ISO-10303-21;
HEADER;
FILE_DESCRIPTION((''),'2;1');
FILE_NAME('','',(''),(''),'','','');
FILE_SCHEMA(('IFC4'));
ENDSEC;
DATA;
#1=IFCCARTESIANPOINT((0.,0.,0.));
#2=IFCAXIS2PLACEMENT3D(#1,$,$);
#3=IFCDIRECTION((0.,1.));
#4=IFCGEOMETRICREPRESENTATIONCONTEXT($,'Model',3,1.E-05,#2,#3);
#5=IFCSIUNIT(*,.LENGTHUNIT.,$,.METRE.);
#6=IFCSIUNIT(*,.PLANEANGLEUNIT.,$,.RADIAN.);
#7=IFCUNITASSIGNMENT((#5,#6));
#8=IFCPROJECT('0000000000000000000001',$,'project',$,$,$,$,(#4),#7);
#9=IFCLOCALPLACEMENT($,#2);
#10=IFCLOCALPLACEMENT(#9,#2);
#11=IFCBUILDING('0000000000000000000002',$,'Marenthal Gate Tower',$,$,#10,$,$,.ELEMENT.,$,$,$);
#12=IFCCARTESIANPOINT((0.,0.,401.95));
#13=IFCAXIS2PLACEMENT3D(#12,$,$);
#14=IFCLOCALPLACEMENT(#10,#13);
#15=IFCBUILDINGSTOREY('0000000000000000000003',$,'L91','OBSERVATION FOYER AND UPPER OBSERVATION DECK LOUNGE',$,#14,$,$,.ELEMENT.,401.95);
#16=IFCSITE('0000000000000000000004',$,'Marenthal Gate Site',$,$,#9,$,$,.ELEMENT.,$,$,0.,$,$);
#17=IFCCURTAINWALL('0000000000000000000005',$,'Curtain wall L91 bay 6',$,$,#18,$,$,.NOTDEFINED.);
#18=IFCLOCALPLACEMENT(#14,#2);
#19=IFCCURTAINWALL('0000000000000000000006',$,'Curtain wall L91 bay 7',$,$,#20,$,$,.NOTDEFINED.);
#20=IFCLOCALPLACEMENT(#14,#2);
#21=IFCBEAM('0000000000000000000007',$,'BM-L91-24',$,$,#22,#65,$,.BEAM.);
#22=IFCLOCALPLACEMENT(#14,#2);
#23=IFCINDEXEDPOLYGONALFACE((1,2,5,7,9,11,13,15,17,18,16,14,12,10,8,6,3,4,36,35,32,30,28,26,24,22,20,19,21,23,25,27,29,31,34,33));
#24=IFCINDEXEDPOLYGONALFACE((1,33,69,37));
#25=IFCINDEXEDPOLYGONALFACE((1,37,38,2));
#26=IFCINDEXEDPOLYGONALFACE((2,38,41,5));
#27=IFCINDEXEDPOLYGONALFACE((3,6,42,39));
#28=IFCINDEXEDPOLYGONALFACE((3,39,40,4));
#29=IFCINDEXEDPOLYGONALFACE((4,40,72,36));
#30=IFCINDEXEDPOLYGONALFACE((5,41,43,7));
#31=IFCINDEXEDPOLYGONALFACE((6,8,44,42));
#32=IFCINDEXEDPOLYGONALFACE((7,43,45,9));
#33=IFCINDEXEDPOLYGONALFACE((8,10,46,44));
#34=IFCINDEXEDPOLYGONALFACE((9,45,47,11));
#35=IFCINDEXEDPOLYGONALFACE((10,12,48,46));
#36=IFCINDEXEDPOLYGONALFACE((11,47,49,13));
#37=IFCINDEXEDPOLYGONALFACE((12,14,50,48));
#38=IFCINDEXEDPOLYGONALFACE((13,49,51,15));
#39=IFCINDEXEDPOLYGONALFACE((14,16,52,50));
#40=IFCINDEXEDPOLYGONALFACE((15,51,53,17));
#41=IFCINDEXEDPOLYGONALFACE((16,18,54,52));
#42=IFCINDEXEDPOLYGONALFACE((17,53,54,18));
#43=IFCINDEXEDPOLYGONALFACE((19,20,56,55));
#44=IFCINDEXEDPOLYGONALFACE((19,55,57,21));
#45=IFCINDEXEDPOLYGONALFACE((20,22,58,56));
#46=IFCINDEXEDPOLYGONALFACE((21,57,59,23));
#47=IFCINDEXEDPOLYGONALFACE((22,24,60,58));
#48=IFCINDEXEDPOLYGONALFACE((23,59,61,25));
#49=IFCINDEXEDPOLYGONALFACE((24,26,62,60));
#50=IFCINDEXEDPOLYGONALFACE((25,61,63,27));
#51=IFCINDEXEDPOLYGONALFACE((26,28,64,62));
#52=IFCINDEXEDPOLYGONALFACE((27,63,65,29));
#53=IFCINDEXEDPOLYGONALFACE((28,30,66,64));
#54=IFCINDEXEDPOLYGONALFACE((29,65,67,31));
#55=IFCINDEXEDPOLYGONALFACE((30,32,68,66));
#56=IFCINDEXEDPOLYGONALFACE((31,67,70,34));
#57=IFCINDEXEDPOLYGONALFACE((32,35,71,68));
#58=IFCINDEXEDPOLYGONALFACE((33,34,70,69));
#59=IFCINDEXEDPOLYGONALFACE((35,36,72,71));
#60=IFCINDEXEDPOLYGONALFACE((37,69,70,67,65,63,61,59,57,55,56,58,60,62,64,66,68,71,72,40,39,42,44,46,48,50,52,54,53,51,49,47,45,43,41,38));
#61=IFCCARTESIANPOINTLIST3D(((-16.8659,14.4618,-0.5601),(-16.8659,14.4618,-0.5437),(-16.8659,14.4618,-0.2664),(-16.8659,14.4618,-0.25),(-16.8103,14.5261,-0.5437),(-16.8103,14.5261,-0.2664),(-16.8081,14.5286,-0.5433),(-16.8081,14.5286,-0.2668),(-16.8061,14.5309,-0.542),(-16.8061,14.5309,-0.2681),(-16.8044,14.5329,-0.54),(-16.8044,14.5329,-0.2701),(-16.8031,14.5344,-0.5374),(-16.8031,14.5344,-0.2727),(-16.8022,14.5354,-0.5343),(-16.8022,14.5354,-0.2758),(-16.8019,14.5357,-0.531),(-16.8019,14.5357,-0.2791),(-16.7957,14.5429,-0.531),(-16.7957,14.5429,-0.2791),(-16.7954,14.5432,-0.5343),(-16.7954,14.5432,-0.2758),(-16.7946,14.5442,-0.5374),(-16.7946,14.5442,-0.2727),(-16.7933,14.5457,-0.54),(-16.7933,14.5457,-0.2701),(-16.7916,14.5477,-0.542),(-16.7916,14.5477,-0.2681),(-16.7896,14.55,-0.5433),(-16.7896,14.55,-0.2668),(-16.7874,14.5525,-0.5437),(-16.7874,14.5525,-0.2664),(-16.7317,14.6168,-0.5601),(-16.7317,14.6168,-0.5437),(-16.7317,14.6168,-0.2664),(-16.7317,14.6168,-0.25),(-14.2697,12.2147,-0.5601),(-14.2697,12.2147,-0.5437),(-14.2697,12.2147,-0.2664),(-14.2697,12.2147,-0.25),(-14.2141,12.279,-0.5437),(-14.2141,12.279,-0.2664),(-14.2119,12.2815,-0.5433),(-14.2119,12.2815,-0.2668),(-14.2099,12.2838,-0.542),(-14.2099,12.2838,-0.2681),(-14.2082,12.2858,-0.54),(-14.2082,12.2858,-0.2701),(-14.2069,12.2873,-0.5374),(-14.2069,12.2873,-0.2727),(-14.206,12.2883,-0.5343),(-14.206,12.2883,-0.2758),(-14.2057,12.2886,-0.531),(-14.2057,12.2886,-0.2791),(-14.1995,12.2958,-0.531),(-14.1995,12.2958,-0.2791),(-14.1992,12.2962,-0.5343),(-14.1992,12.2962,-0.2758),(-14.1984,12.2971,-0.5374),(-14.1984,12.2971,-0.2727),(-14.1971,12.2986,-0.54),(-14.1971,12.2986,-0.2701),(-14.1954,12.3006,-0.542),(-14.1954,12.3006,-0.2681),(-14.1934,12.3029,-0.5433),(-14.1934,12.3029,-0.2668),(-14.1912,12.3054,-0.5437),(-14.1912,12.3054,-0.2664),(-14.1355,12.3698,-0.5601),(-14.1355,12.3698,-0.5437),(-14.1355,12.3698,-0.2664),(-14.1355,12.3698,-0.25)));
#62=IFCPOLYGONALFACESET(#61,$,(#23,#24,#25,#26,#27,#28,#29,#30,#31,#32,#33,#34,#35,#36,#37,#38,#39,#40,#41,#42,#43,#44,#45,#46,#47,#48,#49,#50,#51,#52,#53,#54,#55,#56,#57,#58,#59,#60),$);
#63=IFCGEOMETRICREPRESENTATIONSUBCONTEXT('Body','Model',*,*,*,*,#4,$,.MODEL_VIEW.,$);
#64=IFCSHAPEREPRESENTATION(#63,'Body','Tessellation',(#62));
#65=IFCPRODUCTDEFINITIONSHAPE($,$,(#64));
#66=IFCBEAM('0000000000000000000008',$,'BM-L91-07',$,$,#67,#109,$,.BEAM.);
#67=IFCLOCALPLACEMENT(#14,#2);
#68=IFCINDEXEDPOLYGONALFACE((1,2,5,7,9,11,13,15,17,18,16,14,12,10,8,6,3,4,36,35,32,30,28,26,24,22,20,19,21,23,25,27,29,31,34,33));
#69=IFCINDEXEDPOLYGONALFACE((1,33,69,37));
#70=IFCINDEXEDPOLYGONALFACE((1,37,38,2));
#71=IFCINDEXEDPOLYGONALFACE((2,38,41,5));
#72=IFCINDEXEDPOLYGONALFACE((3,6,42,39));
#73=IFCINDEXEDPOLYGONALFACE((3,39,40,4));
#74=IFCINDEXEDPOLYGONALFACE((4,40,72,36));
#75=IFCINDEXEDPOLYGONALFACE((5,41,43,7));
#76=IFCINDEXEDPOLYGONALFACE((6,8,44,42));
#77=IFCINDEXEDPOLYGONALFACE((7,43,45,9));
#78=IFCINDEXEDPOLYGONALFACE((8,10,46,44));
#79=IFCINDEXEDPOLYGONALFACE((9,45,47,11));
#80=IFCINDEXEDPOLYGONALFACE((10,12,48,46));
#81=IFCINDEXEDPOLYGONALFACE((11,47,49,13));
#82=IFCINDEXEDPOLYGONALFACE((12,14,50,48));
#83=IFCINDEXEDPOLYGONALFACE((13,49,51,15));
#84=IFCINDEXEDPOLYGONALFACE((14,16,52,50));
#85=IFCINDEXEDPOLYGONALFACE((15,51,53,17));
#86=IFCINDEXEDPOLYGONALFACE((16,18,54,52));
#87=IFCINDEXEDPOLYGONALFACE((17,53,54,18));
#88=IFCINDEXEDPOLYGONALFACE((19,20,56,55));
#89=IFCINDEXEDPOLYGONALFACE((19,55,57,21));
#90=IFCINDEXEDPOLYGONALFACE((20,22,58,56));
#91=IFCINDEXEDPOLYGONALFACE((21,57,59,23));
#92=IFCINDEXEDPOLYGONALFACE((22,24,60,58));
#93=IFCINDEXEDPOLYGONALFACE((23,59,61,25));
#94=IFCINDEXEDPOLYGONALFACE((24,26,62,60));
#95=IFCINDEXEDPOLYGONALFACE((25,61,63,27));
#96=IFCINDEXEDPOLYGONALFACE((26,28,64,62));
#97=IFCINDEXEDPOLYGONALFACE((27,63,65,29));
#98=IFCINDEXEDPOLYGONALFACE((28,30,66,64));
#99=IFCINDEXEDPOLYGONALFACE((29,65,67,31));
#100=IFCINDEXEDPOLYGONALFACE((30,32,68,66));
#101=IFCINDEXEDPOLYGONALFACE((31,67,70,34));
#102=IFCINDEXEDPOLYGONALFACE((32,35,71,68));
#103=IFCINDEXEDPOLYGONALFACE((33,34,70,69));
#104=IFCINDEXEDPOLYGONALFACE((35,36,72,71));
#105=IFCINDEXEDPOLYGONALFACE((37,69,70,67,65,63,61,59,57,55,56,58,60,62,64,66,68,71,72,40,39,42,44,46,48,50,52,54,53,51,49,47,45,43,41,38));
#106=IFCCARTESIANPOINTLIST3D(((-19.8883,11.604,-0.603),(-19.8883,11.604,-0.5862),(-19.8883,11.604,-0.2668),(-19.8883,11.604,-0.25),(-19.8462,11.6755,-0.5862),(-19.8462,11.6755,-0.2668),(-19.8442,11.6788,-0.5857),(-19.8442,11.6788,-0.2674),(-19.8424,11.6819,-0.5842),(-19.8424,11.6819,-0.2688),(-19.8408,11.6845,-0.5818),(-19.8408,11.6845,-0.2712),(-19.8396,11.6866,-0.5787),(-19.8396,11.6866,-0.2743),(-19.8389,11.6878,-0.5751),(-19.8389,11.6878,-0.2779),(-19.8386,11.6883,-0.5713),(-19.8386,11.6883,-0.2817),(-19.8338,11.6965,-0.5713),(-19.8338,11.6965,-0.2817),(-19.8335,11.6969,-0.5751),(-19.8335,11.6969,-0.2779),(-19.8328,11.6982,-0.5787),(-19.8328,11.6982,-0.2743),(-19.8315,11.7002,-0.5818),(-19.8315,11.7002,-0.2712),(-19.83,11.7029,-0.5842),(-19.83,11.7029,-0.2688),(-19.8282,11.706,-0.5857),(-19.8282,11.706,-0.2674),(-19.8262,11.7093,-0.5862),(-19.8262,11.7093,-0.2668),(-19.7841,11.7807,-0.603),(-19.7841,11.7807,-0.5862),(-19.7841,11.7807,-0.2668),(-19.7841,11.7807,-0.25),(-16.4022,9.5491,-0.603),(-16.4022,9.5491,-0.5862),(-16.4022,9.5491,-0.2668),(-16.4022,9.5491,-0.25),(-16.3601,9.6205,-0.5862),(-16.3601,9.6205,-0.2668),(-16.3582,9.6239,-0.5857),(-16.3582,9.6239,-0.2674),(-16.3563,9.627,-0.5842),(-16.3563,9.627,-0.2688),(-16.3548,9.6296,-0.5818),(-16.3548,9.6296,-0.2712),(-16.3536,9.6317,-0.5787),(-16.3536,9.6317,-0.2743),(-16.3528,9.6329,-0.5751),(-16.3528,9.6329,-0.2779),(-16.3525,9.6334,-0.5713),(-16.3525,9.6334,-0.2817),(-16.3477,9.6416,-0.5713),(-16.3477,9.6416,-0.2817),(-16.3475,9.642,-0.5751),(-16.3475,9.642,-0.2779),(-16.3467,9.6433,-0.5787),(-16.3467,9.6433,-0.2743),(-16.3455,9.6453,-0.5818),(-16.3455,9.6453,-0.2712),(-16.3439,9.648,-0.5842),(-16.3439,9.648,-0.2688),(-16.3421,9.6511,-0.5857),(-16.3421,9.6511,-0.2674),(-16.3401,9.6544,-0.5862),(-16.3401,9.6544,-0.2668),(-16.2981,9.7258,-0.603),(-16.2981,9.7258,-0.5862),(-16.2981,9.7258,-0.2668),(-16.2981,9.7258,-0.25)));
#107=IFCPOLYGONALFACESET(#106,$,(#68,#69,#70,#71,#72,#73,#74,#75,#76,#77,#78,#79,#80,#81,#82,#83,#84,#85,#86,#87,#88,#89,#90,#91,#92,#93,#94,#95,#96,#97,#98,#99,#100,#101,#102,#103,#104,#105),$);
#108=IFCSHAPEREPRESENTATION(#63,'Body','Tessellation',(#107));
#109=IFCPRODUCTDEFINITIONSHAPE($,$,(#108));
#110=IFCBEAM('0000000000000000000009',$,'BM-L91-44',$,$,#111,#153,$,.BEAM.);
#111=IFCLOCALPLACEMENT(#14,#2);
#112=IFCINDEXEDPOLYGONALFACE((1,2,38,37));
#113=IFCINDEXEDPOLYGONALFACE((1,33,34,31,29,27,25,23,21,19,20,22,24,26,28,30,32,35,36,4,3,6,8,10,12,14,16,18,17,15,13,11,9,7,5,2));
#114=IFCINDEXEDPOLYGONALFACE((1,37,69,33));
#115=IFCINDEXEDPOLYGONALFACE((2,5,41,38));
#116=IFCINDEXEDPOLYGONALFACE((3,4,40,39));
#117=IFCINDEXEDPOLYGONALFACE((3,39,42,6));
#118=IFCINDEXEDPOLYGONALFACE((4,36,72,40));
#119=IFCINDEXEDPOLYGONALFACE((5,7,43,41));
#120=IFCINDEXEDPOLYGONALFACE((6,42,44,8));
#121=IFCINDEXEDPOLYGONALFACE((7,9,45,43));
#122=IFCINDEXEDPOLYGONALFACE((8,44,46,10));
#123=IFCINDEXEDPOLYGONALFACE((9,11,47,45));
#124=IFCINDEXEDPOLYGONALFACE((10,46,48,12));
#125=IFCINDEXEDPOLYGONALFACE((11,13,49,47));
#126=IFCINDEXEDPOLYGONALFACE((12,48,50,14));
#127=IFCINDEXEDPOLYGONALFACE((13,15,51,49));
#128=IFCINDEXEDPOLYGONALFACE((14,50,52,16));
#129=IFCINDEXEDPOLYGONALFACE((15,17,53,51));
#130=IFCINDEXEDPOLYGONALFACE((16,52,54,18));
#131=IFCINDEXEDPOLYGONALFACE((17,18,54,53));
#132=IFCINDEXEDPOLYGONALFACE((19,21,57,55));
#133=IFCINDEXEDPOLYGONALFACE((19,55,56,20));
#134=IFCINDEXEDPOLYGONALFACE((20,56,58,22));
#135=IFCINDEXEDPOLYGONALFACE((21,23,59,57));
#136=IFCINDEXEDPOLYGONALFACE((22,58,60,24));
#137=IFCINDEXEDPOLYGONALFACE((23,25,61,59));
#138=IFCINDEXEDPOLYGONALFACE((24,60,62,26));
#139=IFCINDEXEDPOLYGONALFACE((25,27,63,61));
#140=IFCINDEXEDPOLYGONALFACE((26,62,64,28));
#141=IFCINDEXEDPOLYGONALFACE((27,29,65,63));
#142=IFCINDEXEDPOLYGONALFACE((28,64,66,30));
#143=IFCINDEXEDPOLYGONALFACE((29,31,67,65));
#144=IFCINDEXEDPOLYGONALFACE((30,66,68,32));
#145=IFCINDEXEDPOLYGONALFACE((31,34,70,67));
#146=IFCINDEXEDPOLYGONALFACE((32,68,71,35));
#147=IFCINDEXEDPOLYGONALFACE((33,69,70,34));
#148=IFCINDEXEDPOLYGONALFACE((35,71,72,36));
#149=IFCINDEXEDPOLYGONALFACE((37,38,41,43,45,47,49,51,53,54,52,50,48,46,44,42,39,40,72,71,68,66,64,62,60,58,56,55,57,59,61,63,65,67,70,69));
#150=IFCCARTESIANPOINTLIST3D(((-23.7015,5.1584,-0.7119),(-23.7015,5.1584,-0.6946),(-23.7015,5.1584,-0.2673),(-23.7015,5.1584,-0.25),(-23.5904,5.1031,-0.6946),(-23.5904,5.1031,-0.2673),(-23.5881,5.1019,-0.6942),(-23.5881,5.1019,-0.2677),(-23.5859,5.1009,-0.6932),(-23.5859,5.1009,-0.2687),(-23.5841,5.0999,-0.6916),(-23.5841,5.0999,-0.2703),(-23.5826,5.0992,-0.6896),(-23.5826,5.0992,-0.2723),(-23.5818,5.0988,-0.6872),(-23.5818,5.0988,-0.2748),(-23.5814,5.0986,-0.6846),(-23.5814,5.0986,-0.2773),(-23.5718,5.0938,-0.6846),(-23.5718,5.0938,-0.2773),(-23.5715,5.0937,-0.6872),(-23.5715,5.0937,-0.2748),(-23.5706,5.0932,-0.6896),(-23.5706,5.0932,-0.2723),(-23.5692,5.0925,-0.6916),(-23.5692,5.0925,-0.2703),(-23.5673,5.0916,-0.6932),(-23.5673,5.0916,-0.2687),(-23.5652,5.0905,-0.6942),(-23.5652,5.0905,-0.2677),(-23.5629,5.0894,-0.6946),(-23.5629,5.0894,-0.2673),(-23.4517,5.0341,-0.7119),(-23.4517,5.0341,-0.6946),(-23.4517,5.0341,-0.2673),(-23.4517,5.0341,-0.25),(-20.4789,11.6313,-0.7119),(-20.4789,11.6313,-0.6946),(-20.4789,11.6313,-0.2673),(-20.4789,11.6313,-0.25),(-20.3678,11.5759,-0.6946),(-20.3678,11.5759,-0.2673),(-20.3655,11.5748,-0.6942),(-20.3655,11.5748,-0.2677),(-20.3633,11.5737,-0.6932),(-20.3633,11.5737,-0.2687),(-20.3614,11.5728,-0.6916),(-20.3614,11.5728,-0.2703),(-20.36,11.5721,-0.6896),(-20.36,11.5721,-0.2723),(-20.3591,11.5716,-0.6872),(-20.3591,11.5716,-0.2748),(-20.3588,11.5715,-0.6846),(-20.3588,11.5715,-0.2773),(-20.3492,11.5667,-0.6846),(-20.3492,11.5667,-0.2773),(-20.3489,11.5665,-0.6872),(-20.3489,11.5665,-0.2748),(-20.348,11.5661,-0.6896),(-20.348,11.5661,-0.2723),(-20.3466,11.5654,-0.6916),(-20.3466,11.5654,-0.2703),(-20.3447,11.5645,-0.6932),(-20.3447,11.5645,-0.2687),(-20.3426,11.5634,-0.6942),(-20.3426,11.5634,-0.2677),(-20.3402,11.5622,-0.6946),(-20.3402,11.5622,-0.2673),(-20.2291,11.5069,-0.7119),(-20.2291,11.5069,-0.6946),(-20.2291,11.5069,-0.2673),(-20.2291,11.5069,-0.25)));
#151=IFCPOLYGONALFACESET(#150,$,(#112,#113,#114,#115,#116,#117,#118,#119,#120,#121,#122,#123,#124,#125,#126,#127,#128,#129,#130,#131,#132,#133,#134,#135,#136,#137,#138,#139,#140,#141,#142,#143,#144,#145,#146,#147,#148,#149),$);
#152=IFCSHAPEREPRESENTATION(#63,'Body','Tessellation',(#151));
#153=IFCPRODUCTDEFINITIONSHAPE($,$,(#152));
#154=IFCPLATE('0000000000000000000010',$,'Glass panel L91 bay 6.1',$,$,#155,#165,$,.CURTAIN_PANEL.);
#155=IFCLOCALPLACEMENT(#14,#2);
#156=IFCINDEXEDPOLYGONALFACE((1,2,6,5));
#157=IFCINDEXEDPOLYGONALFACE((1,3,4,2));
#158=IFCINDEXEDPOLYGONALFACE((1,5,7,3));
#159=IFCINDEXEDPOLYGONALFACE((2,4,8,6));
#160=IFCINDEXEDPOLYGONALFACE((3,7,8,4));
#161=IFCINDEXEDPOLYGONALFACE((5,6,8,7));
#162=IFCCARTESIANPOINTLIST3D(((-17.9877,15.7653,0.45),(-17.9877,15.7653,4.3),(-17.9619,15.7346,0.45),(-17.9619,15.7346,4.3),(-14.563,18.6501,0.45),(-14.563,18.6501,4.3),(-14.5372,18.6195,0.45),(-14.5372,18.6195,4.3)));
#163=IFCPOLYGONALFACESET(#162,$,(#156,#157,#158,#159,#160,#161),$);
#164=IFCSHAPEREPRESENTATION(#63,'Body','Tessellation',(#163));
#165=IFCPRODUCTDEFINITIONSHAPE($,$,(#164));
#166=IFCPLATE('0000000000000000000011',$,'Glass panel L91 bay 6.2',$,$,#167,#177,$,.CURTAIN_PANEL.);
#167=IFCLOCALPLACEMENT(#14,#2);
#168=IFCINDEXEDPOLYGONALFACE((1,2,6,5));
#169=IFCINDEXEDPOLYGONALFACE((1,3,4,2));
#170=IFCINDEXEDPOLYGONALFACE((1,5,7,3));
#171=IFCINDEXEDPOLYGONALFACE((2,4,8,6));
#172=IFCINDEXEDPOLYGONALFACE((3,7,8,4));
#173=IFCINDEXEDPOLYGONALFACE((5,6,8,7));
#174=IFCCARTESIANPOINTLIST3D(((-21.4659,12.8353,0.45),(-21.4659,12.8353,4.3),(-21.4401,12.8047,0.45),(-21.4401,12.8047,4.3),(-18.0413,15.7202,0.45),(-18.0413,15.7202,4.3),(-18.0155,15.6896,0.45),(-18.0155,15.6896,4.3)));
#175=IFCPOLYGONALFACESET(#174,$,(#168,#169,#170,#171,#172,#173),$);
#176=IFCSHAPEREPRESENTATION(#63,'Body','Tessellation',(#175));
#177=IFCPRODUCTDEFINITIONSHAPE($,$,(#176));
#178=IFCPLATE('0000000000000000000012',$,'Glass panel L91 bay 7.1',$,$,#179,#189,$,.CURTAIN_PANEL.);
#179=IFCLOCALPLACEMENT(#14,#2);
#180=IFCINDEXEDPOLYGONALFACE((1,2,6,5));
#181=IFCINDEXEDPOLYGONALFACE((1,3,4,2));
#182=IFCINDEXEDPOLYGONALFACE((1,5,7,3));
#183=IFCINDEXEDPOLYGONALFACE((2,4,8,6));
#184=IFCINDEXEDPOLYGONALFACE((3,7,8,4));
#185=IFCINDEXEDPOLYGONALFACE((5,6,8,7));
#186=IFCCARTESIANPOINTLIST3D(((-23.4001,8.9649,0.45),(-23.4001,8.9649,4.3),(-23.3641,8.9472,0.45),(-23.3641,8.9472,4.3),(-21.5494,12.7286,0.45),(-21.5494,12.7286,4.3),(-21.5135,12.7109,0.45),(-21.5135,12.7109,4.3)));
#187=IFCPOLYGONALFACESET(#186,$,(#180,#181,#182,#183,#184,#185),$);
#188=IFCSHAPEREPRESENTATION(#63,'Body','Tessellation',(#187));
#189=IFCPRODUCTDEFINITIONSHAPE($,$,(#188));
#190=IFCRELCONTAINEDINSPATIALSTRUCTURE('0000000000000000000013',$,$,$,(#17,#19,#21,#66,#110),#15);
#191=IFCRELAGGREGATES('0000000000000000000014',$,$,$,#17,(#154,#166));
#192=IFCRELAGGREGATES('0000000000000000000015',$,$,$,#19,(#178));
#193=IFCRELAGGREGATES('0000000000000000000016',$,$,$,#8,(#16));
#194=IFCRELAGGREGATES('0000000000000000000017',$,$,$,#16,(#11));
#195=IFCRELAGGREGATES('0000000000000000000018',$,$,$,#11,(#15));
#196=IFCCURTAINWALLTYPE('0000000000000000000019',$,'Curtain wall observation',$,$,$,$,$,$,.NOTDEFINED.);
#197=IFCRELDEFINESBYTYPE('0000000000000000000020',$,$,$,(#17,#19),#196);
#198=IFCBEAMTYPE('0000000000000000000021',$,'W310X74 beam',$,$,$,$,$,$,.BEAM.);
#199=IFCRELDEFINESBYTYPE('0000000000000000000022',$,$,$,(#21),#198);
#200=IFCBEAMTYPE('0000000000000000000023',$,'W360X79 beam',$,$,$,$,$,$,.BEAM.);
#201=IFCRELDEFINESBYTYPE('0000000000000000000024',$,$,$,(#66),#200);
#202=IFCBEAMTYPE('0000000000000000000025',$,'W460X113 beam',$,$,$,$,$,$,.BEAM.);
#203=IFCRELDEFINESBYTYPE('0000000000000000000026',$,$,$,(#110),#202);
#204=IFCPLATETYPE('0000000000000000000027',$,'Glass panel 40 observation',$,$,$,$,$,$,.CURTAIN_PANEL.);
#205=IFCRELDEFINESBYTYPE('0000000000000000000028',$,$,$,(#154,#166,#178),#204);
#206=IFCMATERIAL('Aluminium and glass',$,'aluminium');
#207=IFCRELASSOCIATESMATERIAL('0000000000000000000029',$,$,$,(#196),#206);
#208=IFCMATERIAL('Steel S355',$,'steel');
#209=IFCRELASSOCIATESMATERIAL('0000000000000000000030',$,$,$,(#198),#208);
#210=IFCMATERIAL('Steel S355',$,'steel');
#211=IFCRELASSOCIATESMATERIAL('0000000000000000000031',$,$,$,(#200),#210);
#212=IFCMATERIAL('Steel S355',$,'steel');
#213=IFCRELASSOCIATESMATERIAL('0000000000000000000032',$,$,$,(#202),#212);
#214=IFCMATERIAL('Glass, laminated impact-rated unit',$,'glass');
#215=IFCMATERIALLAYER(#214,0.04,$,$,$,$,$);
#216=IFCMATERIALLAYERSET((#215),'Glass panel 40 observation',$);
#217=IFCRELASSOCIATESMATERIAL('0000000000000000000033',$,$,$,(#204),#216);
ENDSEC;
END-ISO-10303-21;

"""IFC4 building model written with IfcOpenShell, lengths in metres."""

from ifc_helpers import new_model, si_unit, direction, frame, origin, origin_2d, place, context, subcontext, project, spatial, rectangle, i_section, extrude, material, layer, layer_set, material_profile, profile_set, type_object, element, aggregate, save


model = new_model("IFC4")

# Units and contexts
model_context = context("Model", 3, precision=1e-05, world=origin(), true_north=direction((0.0, 1.0)))
body_context = subcontext(model_context, "Body", "Model", "MODEL_VIEW")
ifc_project = project(units=[si_unit("LENGTHUNIT", "METRE"), si_unit("PLANEANGLEUNIT", "RADIAN")], contexts=[model_context])

# Site, building, storey
site_placement = place(None, origin())
site = spatial("IfcSite", under=ifc_project, at=site_placement, Name="Marenthal Gate Site", CompositionType="ELEMENT", RefElevation=0.0)
building_placement = place(site_placement, origin())
building = spatial("IfcBuilding", under=site, at=building_placement, Name="Marenthal Gate Tower", CompositionType="ELEMENT")
storey_placement = place(building_placement, frame((0.0, 0.0, 401.95)))
storey = spatial("IfcBuildingStorey", under=building, at=storey_placement, Name="L91", Description="OBSERVATION FOYER AND UPPER OBSERVATION DECK LOUNGE", CompositionType="ELEMENT", Elevation=401.95)

# Curtain wall
ifc_material_1 = material(Name="Aluminium and glass", Category="aluminium")
curtain_wall_type_1 = type_object("IfcCurtainWallType", Name="Curtain wall observation", PredefinedType="NOTDEFINED", material=ifc_material_1)
curtain_wall_1_placement = place(storey_placement, origin())
curtain_wall_1 = element("IfcCurtainWall", 1, at=curtain_wall_1_placement, inside=storey, type_object=curtain_wall_type_1, Name="Curtain wall L91 bay 6", PredefinedType="NOTDEFINED")

# Curtain wall
curtain_wall_2_placement = place(storey_placement, origin())
curtain_wall_2 = element("IfcCurtainWall", 2, at=curtain_wall_2_placement, inside=storey, type_object=curtain_wall_type_1, Name="Curtain wall L91 bay 7", PredefinedType="NOTDEFINED")

# Beams
ifc_material_2 = material(Name="Steel S355", Category="steel")
ifc_material_profile_1 = material_profile(ifc_material_2, i_section(OverallWidth=0.2051, OverallDepth=0.3101, WebThickness=0.0095, FlangeThickness=0.0164, FilletRadius=0.0127, at=origin_2d()), Name="W310X74")
ifc_profile_set_1 = profile_set([ifc_material_profile_1], Name="Steel S355")
beam_type_1 = type_object("IfcBeamType", Name="W310X74 beam", PredefinedType="BEAM", material=ifc_profile_set_1)
beam_1_placement = place(storey_placement, frame((-16.7988, 14.5393, -0.405), z_axis=(0.756116, -0.654438, 0.0), x_axis=(0.654438, 0.756116, 0.0)))
element("IfcBeam", 3, at=beam_1_placement, inside=storey, type_object=beam_type_1, Name="BM-L91-24", PredefinedType="BEAM", context=body_context, shape_type="SweptSolid", body=[
    extrude(i_section(OverallWidth=0.2051, OverallDepth=0.3101, WebThickness=0.0095, FlangeThickness=0.0164, FilletRadius=0.0127, at=origin_2d()), origin(), (0.0, 0.0, 1.0), 3.4336),
])
ifc_material_3 = material(Name="Steel S355", Category="steel")
ifc_material_profile_2 = material_profile(ifc_material_3, i_section(OverallWidth=0.2051, OverallDepth=0.353, WebThickness=0.0095, FlangeThickness=0.0168, FilletRadius=0.0149, at=origin_2d()), Name="W360X79")
ifc_profile_set_2 = profile_set([ifc_material_profile_2], Name="Steel S355")
beam_type_2 = type_object("IfcBeamType", Name="W360X79 beam", PredefinedType="BEAM", material=ifc_profile_set_2)
beam_2_placement = place(storey_placement, frame((-19.8362, 11.6924, -0.4265), z_axis=(0.86147, -0.507808, 0.0), x_axis=(0.507808, 0.86147, 0.0)))
element("IfcBeam", 4, at=beam_2_placement, inside=storey, type_object=beam_type_2, Name="BM-L91-07", PredefinedType="BEAM", context=body_context, shape_type="SweptSolid", body=[
    extrude(i_section(OverallWidth=0.2051, OverallDepth=0.353, WebThickness=0.0095, FlangeThickness=0.0168, FilletRadius=0.0149, at=origin_2d()), origin(), (0.0, 0.0, 1.0), 4.0466),
])
ifc_material_4 = material(Name="Steel S355", Category="steel")
ifc_material_profile_3 = material_profile(ifc_material_4, i_section(OverallWidth=0.2791, OverallDepth=0.4619, WebThickness=0.0107, FlangeThickness=0.0173, FilletRadius=0.01, at=origin_2d()), Name="W460X113")
ifc_profile_set_3 = profile_set([ifc_material_profile_3], Name="Steel S355")
beam_type_3 = type_object("IfcBeamType", Name="W460X113 beam", PredefinedType="BEAM", material=ifc_profile_set_3)
beam_3_placement = place(storey_placement, frame((-20.354, 11.5691, -0.481), z_axis=(-0.445687, -0.895189, 0.0), x_axis=(0.895189, -0.445687, 0.0)))
element("IfcBeam", 5, at=beam_3_placement, inside=storey, type_object=beam_type_3, Name="BM-L91-44", PredefinedType="BEAM", context=body_context, shape_type="SweptSolid", body=[
    extrude(i_section(OverallWidth=0.2791, OverallDepth=0.4619, WebThickness=0.0107, FlangeThickness=0.0173, FilletRadius=0.01, at=origin_2d()), origin(), (0.0, 0.0, 1.0), 7.2307),
])

# Plates
ifc_material_5 = material(Name="Glass, laminated impact-rated unit", Category="glass")
ifc_layer_1 = layer(ifc_material_5, 0.04)
ifc_layer_set_1 = layer_set([ifc_layer_1], Name="Glass panel 40 observation")
plate_type_1 = type_object("IfcPlateType", Name="Glass panel 40 observation", PredefinedType="CURTAIN_PANEL", material=ifc_layer_set_1)
plate_1_placement = place(storey_placement, frame((-16.2625, 17.1924, 0.45), z_axis=(0.0, 0.0, 1.0), x_axis=(-0.764802, -0.644265, 0.0)))
plate_1 = element("IfcPlate", 6, at=plate_1_placement, type_object=plate_type_1, Name="Glass panel L91 bay 6.1", PredefinedType="CURTAIN_PANEL", context=body_context, shape_type="SweptSolid", body=[
    extrude(rectangle(XDim=4.4778, YDim=0.04, at=origin_2d()), origin(), (0.0, 0.0, 1.0), 3.8501),
])
plate_2_placement = place(storey_placement, frame((-19.7407, 14.2625, 0.45), z_axis=(0.0, 0.0, 1.0), x_axis=(-0.764802, -0.644265, 0.0)))
plate_2 = element("IfcPlate", 7, at=plate_2_placement, type_object=plate_type_1, Name="Glass panel L91 bay 6.2", PredefinedType="CURTAIN_PANEL", context=body_context, shape_type="SweptSolid", body=[
    extrude(rectangle(XDim=4.4778, YDim=0.04, at=origin_2d()), origin(), (0.0, 0.0, 1.0), 3.8501),
])
aggregate(curtain_wall_1, [plate_1, plate_2])
plate_3_placement = place(storey_placement, frame((-22.4568, 10.8379, 0.45), z_axis=(0.0, 0.0, 1.0), x_axis=(-0.441247, -0.897386, 0.0)))
plate_3 = element("IfcPlate", 8, at=plate_3_placement, type_object=plate_type_1, Name="Glass panel L91 bay 7.1", PredefinedType="CURTAIN_PANEL", context=body_context, shape_type="SweptSolid", body=[
    extrude(rectangle(XDim=4.1941, YDim=0.04, at=origin_2d()), origin(), (0.0, 0.0, 1.0), 3.8501),
])
aggregate(curtain_wall_2, [plate_3])

save(model, "model.ifc")
